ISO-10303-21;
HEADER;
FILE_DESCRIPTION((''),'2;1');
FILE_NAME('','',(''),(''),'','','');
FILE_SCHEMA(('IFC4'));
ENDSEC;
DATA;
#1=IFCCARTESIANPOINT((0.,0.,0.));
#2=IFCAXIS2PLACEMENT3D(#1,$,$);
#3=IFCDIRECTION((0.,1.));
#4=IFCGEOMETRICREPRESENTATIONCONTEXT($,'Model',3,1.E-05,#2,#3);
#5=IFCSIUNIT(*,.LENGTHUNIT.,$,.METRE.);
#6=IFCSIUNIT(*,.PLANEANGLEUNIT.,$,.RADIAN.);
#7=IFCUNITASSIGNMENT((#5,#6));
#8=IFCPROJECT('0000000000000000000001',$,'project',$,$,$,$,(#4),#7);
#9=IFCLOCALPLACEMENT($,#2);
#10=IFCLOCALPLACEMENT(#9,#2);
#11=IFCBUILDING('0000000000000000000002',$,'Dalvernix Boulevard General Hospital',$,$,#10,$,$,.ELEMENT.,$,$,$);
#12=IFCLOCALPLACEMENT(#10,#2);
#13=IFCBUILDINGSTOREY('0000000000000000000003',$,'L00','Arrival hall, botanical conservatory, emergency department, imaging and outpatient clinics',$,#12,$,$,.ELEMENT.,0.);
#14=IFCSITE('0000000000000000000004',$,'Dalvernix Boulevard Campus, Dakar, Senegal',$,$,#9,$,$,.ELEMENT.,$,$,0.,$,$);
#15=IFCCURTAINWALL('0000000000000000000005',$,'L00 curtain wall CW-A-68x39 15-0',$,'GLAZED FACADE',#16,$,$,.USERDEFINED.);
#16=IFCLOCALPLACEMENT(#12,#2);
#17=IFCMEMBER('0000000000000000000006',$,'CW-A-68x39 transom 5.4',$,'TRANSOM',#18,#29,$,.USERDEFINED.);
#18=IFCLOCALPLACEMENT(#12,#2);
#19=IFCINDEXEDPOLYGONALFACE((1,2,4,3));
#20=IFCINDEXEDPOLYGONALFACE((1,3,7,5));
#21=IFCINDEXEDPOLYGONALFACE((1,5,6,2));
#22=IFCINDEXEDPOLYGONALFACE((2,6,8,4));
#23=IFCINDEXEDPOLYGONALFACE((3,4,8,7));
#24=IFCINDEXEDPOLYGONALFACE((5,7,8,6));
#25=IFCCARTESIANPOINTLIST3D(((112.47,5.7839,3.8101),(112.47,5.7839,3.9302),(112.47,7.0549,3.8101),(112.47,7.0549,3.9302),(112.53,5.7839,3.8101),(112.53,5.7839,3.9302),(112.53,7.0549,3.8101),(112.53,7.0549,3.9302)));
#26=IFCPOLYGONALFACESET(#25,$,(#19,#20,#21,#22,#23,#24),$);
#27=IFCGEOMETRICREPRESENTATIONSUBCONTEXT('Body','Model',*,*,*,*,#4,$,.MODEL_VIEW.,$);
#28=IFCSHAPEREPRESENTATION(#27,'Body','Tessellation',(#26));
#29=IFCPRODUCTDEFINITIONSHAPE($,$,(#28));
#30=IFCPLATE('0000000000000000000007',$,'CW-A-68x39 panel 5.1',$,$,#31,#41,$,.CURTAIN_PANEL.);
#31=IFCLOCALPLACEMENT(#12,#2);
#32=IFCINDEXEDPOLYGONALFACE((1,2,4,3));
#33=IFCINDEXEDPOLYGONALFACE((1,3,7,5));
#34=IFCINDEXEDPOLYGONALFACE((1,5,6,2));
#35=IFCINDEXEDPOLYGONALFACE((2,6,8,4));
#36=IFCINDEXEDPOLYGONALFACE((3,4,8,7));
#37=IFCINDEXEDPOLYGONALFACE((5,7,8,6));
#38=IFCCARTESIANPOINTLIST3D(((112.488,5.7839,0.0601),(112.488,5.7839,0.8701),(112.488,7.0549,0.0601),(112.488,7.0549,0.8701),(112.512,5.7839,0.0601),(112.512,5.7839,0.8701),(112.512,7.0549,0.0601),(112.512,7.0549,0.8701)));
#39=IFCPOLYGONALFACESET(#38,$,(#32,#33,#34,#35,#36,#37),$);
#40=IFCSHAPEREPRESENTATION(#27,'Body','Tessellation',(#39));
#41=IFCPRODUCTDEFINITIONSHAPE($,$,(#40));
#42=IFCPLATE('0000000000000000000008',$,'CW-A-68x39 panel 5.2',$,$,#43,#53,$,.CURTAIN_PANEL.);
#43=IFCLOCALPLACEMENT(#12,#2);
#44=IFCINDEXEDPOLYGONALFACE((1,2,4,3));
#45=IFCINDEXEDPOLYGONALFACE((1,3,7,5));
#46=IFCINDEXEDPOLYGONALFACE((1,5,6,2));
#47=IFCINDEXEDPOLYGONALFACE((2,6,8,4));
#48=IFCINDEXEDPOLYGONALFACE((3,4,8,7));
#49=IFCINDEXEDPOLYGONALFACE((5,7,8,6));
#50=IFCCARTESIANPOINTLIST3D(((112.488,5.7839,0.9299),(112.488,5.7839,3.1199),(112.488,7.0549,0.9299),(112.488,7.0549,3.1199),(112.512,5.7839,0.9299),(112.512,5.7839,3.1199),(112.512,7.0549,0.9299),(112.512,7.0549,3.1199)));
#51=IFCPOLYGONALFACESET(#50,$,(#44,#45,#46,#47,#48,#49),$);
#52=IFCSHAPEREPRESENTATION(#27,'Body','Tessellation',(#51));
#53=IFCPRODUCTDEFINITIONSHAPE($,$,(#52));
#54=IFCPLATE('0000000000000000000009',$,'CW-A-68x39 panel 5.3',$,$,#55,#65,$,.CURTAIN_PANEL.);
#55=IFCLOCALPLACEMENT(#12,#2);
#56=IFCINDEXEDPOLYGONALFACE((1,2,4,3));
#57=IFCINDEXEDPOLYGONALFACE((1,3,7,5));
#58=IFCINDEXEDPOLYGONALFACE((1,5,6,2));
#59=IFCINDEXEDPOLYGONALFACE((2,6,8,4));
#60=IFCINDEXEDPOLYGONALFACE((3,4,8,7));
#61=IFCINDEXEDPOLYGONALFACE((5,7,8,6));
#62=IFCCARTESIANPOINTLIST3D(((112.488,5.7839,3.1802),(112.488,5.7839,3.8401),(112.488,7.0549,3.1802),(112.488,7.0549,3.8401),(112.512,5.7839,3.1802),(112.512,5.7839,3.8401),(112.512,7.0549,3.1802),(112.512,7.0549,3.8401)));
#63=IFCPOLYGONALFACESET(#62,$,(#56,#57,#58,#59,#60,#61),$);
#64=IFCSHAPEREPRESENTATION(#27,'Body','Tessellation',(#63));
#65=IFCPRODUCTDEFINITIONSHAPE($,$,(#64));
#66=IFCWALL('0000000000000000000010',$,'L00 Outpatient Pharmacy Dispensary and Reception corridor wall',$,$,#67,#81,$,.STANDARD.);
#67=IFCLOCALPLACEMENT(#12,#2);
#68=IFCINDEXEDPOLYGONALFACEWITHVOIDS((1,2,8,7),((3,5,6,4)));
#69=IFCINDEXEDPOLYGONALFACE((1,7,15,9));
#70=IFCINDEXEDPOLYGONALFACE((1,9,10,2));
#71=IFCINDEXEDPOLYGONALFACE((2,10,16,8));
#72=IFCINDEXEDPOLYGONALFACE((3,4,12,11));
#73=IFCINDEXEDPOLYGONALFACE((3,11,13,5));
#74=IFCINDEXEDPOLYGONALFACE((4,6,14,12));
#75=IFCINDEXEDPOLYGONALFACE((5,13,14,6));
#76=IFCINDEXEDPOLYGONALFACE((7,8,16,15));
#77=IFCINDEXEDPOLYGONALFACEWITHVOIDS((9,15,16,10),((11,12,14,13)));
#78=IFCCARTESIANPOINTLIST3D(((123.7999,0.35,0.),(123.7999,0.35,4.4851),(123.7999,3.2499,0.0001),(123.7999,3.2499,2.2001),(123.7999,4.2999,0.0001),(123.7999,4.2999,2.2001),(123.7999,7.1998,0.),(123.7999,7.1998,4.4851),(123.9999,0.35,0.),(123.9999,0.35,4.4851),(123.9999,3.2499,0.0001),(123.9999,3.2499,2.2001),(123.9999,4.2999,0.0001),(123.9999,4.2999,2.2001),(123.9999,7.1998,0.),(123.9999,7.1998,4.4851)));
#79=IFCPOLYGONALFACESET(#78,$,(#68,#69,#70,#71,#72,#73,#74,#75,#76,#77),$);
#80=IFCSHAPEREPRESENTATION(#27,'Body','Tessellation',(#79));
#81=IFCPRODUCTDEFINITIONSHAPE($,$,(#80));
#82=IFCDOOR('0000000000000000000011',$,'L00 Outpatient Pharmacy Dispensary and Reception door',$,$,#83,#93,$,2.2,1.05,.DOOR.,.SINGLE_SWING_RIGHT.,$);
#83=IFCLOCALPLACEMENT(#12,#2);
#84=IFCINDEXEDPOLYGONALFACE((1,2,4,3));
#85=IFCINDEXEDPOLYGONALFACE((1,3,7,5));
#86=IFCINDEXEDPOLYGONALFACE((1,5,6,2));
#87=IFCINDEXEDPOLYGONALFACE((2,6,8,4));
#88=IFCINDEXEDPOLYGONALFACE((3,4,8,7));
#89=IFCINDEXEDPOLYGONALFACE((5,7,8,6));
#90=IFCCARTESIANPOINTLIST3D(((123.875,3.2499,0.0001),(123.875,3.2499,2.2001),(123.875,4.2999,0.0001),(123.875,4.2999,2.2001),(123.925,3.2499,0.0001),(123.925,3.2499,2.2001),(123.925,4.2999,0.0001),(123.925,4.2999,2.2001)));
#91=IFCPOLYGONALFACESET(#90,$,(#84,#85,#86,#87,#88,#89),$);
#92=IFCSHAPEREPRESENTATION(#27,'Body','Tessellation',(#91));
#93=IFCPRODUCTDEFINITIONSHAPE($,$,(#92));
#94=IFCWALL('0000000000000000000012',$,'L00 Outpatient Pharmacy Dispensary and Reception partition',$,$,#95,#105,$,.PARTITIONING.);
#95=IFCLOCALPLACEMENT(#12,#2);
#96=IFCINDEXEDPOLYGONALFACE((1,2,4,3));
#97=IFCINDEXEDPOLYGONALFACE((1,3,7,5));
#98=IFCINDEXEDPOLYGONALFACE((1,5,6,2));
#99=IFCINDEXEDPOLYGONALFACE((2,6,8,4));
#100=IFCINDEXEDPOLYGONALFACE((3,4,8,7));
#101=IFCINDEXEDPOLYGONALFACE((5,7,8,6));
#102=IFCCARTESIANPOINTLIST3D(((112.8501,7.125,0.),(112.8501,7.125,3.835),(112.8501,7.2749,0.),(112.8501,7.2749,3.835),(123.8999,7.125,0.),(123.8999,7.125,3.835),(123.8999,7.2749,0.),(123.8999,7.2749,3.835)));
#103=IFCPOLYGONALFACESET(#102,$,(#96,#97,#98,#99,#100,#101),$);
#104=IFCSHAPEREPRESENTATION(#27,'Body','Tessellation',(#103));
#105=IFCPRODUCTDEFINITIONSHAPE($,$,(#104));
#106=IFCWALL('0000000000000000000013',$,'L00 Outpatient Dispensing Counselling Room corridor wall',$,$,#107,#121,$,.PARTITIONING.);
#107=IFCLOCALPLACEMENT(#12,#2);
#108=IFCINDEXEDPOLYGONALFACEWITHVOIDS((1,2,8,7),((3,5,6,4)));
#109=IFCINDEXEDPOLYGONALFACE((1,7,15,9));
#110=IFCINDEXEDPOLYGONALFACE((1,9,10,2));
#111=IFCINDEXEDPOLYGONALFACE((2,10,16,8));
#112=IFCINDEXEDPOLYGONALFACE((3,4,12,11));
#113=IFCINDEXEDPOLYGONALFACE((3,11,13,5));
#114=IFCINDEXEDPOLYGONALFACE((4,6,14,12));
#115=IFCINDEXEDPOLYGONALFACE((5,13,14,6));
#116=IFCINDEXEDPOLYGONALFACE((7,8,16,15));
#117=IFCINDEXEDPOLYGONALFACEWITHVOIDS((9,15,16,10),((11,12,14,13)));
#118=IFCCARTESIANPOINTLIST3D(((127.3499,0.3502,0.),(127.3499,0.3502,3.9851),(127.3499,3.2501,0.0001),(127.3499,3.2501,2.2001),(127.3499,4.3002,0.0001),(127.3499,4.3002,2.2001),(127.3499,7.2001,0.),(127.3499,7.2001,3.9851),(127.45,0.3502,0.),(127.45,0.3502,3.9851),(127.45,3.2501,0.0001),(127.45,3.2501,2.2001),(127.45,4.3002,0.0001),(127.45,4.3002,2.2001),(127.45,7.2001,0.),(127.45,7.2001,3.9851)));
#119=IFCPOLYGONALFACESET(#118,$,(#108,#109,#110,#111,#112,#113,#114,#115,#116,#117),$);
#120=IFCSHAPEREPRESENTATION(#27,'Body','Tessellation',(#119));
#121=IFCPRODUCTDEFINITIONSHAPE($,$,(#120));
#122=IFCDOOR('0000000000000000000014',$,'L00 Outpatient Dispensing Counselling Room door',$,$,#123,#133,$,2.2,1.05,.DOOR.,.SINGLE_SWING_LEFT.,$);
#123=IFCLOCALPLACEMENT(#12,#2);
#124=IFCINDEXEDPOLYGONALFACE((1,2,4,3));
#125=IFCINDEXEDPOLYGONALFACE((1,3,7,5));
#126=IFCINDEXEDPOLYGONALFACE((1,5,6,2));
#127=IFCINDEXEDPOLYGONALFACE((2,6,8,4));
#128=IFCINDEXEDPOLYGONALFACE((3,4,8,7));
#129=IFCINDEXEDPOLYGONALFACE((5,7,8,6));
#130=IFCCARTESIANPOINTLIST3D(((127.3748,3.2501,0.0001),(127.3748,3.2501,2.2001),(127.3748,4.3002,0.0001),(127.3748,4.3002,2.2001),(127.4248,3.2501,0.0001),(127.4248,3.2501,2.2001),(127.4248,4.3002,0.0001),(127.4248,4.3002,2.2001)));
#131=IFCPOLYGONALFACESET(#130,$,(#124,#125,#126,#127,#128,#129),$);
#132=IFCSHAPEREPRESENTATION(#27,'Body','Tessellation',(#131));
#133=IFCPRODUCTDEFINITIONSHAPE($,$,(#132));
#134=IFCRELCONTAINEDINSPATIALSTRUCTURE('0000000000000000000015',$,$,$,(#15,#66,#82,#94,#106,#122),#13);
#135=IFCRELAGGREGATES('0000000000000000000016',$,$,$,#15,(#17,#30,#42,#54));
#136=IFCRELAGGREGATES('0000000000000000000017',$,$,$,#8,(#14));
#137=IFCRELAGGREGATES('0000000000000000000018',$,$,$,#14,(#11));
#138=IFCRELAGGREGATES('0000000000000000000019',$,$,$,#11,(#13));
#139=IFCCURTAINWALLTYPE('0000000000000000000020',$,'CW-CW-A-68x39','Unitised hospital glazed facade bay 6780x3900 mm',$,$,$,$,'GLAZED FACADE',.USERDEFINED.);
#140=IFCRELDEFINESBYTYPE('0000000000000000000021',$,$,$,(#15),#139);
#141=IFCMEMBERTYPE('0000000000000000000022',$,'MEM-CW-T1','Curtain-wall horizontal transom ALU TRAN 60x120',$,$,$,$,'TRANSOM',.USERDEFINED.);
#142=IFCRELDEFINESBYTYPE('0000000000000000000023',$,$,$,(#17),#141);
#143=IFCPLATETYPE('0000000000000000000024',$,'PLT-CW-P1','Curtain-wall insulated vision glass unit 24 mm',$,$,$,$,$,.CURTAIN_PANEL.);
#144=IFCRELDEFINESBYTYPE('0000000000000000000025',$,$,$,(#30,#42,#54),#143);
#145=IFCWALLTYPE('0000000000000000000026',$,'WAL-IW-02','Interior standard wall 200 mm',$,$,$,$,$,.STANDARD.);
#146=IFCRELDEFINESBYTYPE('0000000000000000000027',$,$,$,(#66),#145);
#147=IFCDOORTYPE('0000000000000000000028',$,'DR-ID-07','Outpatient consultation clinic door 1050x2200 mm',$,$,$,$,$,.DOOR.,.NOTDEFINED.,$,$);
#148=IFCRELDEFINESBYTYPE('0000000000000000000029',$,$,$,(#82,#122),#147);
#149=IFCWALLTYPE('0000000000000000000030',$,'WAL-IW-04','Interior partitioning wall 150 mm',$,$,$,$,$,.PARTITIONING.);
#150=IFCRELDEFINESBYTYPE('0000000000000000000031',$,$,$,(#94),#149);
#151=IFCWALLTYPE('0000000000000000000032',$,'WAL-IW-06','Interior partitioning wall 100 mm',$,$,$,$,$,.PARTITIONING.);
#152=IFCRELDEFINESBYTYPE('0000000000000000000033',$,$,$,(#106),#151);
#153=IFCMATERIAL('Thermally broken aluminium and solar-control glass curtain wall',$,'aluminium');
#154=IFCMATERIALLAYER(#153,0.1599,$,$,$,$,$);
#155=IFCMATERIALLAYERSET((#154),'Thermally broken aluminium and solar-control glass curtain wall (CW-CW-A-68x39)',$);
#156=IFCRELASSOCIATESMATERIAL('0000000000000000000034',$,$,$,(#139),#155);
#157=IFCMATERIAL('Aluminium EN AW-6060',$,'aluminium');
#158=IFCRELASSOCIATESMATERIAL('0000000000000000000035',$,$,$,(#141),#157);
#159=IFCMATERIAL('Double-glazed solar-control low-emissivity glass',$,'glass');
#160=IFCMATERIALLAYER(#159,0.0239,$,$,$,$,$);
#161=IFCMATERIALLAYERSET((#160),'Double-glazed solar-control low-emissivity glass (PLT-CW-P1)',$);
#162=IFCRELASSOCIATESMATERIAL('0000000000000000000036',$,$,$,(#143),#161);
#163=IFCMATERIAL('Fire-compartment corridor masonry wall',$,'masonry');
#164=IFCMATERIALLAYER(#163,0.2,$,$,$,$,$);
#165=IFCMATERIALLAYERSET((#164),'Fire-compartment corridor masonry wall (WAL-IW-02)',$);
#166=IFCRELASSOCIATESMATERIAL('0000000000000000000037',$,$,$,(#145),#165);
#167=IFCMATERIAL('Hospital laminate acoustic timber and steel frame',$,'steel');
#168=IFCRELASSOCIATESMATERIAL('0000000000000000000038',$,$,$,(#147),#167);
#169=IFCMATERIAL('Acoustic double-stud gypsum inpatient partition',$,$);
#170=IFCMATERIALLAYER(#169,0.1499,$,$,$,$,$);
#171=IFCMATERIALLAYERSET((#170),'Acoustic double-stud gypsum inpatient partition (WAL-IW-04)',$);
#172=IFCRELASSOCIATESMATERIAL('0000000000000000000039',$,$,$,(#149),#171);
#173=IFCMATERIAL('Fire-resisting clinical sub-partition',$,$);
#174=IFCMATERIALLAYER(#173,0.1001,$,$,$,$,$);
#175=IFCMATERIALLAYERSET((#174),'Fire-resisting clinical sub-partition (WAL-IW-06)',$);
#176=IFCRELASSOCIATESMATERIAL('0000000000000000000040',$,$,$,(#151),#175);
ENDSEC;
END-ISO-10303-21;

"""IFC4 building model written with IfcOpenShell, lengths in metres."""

from ifc_helpers import new_model, si_unit, direction, frame, frame_2d, origin, origin_2d, place, context, subcontext, project, spatial, rectangle, extrude, material, layer, layer_set, material_profile, profile_set, type_object, element, fill, aggregate, save


model = new_model("IFC4")

# Units and contexts
model_context = context("Model", 3, precision=1e-05, world=origin(), true_north=direction((0.0, 1.0)))
body_context = subcontext(model_context, "Body", "Model", "MODEL_VIEW")
ifc_project = project(units=[si_unit("LENGTHUNIT", "METRE"), si_unit("PLANEANGLEUNIT", "RADIAN")], contexts=[model_context])

# Site, building, storey
site_placement = place(None, origin())
site = spatial("IfcSite", under=ifc_project, at=site_placement, Name="Dalvernix Boulevard Campus, Dakar, Senegal", CompositionType="ELEMENT", RefElevation=0.0)
building_placement = place(site_placement, origin())
building = spatial("IfcBuilding", under=site, at=building_placement, Name="Dalvernix Boulevard General Hospital", CompositionType="ELEMENT")
storey_placement = place(building_placement, origin())
storey = spatial("IfcBuildingStorey", under=building, at=storey_placement, Name="L00", Description="Arrival hall, botanical conservatory, emergency department, imaging and outpatient clinics", CompositionType="ELEMENT", Elevation=0.0)

# Curtain wall, member, plates
ifc_material_1 = material(Name="Thermally broken aluminium and solar-control glass curtain wall", Category="aluminium")
ifc_layer_1 = layer(ifc_material_1, 0.1599)
ifc_layer_set_1 = layer_set([ifc_layer_1], Name="Thermally broken aluminium and solar-control glass curtain wall (CW-CW-A-68x39)")
curtain_wall_type = type_object("IfcCurtainWallType", Name="CW-CW-A-68x39", Description="Unitised hospital glazed facade bay 6780x3900 mm", ElementType="GLAZED FACADE", PredefinedType="USERDEFINED", material=ifc_layer_set_1)
curtain_wall_placement = place(storey_placement, origin())
curtain_wall = element("IfcCurtainWall", 1, at=curtain_wall_placement, inside=storey, type_object=curtain_wall_type, Name="L00 curtain wall CW-A-68x39 15-0", ObjectType="GLAZED FACADE", PredefinedType="USERDEFINED")
ifc_material_2 = material(Name="Aluminium EN AW-6060", Category="aluminium")
ifc_material_profile_1 = material_profile(ifc_material_2, rectangle(XDim=0.0601, YDim=0.1201, at=origin_2d()), Name="ALU TRAN 60x120")
ifc_profile_set_1 = profile_set([ifc_material_profile_1], Name="Aluminium EN AW-6060")
member_type_1 = type_object("IfcMemberType", Name="MEM-CW-T1", Description="Curtain-wall horizontal transom ALU TRAN 60x120", ElementType="TRANSOM", PredefinedType="USERDEFINED", material=ifc_profile_set_1)
member_1_placement = place(storey_placement, frame((112.5, 5.7839, 3.8701), z_axis=(0.0, 1.0, 0.0), x_axis=(-1.0, 0.0, 0.0)))
member_1 = element("IfcMember", 2, at=member_1_placement, type_object=member_type_1, Name="CW-A-68x39 transom 5.4", ObjectType="TRANSOM", PredefinedType="USERDEFINED", context=body_context, shape_type="SweptSolid", body=[
    extrude(rectangle(XDim=0.0601, YDim=0.1201, at=origin_2d()), origin(), (0.0, 0.0, 1.0), 1.271),
])
ifc_material_3 = material(Name="Double-glazed solar-control low-emissivity glass", Category="glass")
ifc_layer_2 = layer(ifc_material_3, 0.0239)
ifc_layer_set_2 = layer_set([ifc_layer_2], Name="Double-glazed solar-control low-emissivity glass (PLT-CW-P1)")
plate_type = type_object("IfcPlateType", Name="PLT-CW-P1", Description="Curtain-wall insulated vision glass unit 24 mm", PredefinedType="CURTAIN_PANEL", material=ifc_layer_set_2)
plate_1_placement = place(storey_placement, frame((112.5, 6.4194, 0.0601), z_axis=(0.0, 0.0, 1.0), x_axis=(0.0, 1.0, 0.0)))
plate_1 = element("IfcPlate", 3, at=plate_1_placement, type_object=plate_type, Name="CW-A-68x39 panel 5.1", PredefinedType="CURTAIN_PANEL", context=body_context, shape_type="SweptSolid", body=[
    extrude(rectangle(XDim=1.271, YDim=0.0239, at=origin_2d()), origin(), (0.0, 0.0, 1.0), 0.8101),
])
plate_2_placement = place(storey_placement, frame((112.5, 6.4194, 0.9299), z_axis=(0.0, 0.0, 1.0), x_axis=(0.0, 1.0, 0.0)))
plate_2 = element("IfcPlate", 4, at=plate_2_placement, type_object=plate_type, Name="CW-A-68x39 panel 5.2", PredefinedType="CURTAIN_PANEL", context=body_context, shape_type="SweptSolid", body=[
    extrude(rectangle(XDim=1.271, YDim=0.0239, at=origin_2d()), origin(), (0.0, 0.0, 1.0), 2.1899),
])
plate_3_placement = place(storey_placement, frame((112.5, 6.4194, 3.1802), z_axis=(0.0, 0.0, 1.0), x_axis=(0.0, 1.0, 0.0)))
plate_3 = element("IfcPlate", 5, at=plate_3_placement, type_object=plate_type, Name="CW-A-68x39 panel 5.3", PredefinedType="CURTAIN_PANEL", context=body_context, shape_type="SweptSolid", body=[
    extrude(rectangle(XDim=1.271, YDim=0.0239, at=origin_2d()), origin(), (0.0, 0.0, 1.0), 0.6599),
])
aggregate(curtain_wall, [member_1, plate_1, plate_2, plate_3])

# Wall, opening, door
ifc_material_4 = material(Name="Fire-compartment corridor masonry wall", Category="masonry")
ifc_layer_3 = layer(ifc_material_4, 0.2)
ifc_layer_set_3 = layer_set([ifc_layer_3], Name="Fire-compartment corridor masonry wall (WAL-IW-02)")
wall_type_1 = type_object("IfcWallType", Name="WAL-IW-02", Description="Interior standard wall 200 mm", PredefinedType="STANDARD", material=ifc_layer_set_3)
wall_1_placement = place(storey_placement, frame((123.8999, 0.3501, 0.0), z_axis=(0.0, 0.0, 1.0), x_axis=(0.0, 1.0, 0.0)))
wall_1 = element("IfcWall", 6, at=wall_1_placement, inside=storey, type_object=wall_type_1, Name="L00 Outpatient Pharmacy Dispensary and Reception corridor wall", PredefinedType="STANDARD", context=body_context, shape_type="SweptSolid", body=[
    extrude(rectangle(XDim=6.8499, YDim=0.2, at=frame_2d((3.4248, 0.0))), origin(), (0.0, 0.0, 1.0), 4.4851),
])
opening_1_placement = place(wall_1_placement, frame((2.8999, 0.0, 0.0)))
opening_1 = element("IfcOpeningElement", 7, at=opening_1_placement, cuts=wall_1, PredefinedType="OPENING", context=body_context, shape_type="SweptSolid", body=[
    extrude(rectangle(XDim=1.05, YDim=2.2, at=frame_2d((0.5249, 1.1001))), frame((0.0, 0.1099, 0.0), z_axis=(0.0, -1.0, 0.0), x_axis=(1.0, 0.0, 0.0)), (0.0, 0.0, 1.0), 0.22),
])
ifc_material_5 = material(Name="Hospital laminate acoustic timber and steel frame", Category="steel")
door_type = type_object("IfcDoorType", Name="DR-ID-07", Description="Outpatient consultation clinic door 1050x2200 mm", OperationType="NOTDEFINED", PredefinedType="DOOR", material=ifc_material_5)
door_1_placement = place(opening_1_placement, origin())
door_1 = element("IfcDoor", 8, at=door_1_placement, inside=storey, type_object=door_type, Name="L00 Outpatient Pharmacy Dispensary and Reception door", OperationType="SINGLE_SWING_RIGHT", OverallHeight=2.2, OverallWidth=1.05, PredefinedType="DOOR", context=body_context, shape_type="SweptSolid", body=[
    extrude(rectangle(XDim=1.05, YDim=2.2, at=frame_2d((0.5249, 1.1001))), frame((0.0, 0.0249, 0.0), z_axis=(0.0, -1.0, 0.0), x_axis=(1.0, 0.0, 0.0)), (0.0, 0.0, 1.0), 0.05),
])
fill(opening_1, door_1)

# Wall
ifc_material_6 = material(Name="Acoustic double-stud gypsum inpatient partition")
ifc_layer_4 = layer(ifc_material_6, 0.1499)
ifc_layer_set_4 = layer_set([ifc_layer_4], Name="Acoustic double-stud gypsum inpatient partition (WAL-IW-04)")
wall_type_2 = type_object("IfcWallType", Name="WAL-IW-04", Description="Interior partitioning wall 150 mm", PredefinedType="PARTITIONING", material=ifc_layer_set_4)
wall_2_placement = place(storey_placement, frame((112.8501, 7.2, 0.0), z_axis=(0.0, 0.0, 1.0), x_axis=(1.0, 0.0, 0.0)))
element("IfcWall", 9, at=wall_2_placement, inside=storey, type_object=wall_type_2, Name="L00 Outpatient Pharmacy Dispensary and Reception partition", PredefinedType="PARTITIONING", context=body_context, shape_type="SweptSolid", body=[
    extrude(rectangle(XDim=11.0498, YDim=0.1499, at=frame_2d((5.5249, 0.0))), origin(), (0.0, 0.0, 1.0), 3.835),
])

# Wall, opening, door
ifc_material_7 = material(Name="Fire-resisting clinical sub-partition")
ifc_layer_5 = layer(ifc_material_7, 0.1001)
ifc_layer_set_5 = layer_set([ifc_layer_5], Name="Fire-resisting clinical sub-partition (WAL-IW-06)")
wall_type_3 = type_object("IfcWallType", Name="WAL-IW-06", Description="Interior partitioning wall 100 mm", PredefinedType="PARTITIONING", material=ifc_layer_set_5)
wall_3_placement = place(storey_placement, frame((127.3999, 7.2, 0.0), z_axis=(0.0, 0.0, 1.0), x_axis=(0.0, -1.0, 0.0)))
wall_3 = element("IfcWall", 10, at=wall_3_placement, inside=storey, type_object=wall_type_3, Name="L00 Outpatient Dispensing Counselling Room corridor wall", PredefinedType="PARTITIONING", context=body_context, shape_type="SweptSolid", body=[
    extrude(rectangle(XDim=6.8499, YDim=0.1001, at=frame_2d((3.4248, 0.0))), origin(), (0.0, 0.0, 1.0), 3.9851),
])
opening_2_placement = place(wall_3_placement, frame((2.8999, 0.0, 0.0)))
opening_2 = element("IfcOpeningElement", 11, at=opening_2_placement, cuts=wall_3, PredefinedType="OPENING", context=body_context, shape_type="SweptSolid", body=[
    extrude(rectangle(XDim=1.05, YDim=2.2, at=frame_2d((0.5249, 1.1001))), frame((0.0, 0.0601, 0.0), z_axis=(0.0, -1.0, 0.0), x_axis=(1.0, 0.0, 0.0)), (0.0, 0.0, 1.0), 0.1201),
])
door_2_placement = place(opening_2_placement, origin())
door_2 = element("IfcDoor", 12, at=door_2_placement, inside=storey, type_object=door_type, Name="L00 Outpatient Dispensing Counselling Room door", OperationType="SINGLE_SWING_LEFT", OverallHeight=2.2, OverallWidth=1.05, PredefinedType="DOOR", context=body_context, shape_type="SweptSolid", body=[
    extrude(rectangle(XDim=1.05, YDim=2.2, at=frame_2d((0.5249, 1.1001))), frame((0.0, 0.0249, 0.0), z_axis=(0.0, -1.0, 0.0), x_axis=(1.0, 0.0, 0.0)), (0.0, 0.0, 1.0), 0.05),
])
fill(opening_2, door_2)

save(model, "model.ifc")
